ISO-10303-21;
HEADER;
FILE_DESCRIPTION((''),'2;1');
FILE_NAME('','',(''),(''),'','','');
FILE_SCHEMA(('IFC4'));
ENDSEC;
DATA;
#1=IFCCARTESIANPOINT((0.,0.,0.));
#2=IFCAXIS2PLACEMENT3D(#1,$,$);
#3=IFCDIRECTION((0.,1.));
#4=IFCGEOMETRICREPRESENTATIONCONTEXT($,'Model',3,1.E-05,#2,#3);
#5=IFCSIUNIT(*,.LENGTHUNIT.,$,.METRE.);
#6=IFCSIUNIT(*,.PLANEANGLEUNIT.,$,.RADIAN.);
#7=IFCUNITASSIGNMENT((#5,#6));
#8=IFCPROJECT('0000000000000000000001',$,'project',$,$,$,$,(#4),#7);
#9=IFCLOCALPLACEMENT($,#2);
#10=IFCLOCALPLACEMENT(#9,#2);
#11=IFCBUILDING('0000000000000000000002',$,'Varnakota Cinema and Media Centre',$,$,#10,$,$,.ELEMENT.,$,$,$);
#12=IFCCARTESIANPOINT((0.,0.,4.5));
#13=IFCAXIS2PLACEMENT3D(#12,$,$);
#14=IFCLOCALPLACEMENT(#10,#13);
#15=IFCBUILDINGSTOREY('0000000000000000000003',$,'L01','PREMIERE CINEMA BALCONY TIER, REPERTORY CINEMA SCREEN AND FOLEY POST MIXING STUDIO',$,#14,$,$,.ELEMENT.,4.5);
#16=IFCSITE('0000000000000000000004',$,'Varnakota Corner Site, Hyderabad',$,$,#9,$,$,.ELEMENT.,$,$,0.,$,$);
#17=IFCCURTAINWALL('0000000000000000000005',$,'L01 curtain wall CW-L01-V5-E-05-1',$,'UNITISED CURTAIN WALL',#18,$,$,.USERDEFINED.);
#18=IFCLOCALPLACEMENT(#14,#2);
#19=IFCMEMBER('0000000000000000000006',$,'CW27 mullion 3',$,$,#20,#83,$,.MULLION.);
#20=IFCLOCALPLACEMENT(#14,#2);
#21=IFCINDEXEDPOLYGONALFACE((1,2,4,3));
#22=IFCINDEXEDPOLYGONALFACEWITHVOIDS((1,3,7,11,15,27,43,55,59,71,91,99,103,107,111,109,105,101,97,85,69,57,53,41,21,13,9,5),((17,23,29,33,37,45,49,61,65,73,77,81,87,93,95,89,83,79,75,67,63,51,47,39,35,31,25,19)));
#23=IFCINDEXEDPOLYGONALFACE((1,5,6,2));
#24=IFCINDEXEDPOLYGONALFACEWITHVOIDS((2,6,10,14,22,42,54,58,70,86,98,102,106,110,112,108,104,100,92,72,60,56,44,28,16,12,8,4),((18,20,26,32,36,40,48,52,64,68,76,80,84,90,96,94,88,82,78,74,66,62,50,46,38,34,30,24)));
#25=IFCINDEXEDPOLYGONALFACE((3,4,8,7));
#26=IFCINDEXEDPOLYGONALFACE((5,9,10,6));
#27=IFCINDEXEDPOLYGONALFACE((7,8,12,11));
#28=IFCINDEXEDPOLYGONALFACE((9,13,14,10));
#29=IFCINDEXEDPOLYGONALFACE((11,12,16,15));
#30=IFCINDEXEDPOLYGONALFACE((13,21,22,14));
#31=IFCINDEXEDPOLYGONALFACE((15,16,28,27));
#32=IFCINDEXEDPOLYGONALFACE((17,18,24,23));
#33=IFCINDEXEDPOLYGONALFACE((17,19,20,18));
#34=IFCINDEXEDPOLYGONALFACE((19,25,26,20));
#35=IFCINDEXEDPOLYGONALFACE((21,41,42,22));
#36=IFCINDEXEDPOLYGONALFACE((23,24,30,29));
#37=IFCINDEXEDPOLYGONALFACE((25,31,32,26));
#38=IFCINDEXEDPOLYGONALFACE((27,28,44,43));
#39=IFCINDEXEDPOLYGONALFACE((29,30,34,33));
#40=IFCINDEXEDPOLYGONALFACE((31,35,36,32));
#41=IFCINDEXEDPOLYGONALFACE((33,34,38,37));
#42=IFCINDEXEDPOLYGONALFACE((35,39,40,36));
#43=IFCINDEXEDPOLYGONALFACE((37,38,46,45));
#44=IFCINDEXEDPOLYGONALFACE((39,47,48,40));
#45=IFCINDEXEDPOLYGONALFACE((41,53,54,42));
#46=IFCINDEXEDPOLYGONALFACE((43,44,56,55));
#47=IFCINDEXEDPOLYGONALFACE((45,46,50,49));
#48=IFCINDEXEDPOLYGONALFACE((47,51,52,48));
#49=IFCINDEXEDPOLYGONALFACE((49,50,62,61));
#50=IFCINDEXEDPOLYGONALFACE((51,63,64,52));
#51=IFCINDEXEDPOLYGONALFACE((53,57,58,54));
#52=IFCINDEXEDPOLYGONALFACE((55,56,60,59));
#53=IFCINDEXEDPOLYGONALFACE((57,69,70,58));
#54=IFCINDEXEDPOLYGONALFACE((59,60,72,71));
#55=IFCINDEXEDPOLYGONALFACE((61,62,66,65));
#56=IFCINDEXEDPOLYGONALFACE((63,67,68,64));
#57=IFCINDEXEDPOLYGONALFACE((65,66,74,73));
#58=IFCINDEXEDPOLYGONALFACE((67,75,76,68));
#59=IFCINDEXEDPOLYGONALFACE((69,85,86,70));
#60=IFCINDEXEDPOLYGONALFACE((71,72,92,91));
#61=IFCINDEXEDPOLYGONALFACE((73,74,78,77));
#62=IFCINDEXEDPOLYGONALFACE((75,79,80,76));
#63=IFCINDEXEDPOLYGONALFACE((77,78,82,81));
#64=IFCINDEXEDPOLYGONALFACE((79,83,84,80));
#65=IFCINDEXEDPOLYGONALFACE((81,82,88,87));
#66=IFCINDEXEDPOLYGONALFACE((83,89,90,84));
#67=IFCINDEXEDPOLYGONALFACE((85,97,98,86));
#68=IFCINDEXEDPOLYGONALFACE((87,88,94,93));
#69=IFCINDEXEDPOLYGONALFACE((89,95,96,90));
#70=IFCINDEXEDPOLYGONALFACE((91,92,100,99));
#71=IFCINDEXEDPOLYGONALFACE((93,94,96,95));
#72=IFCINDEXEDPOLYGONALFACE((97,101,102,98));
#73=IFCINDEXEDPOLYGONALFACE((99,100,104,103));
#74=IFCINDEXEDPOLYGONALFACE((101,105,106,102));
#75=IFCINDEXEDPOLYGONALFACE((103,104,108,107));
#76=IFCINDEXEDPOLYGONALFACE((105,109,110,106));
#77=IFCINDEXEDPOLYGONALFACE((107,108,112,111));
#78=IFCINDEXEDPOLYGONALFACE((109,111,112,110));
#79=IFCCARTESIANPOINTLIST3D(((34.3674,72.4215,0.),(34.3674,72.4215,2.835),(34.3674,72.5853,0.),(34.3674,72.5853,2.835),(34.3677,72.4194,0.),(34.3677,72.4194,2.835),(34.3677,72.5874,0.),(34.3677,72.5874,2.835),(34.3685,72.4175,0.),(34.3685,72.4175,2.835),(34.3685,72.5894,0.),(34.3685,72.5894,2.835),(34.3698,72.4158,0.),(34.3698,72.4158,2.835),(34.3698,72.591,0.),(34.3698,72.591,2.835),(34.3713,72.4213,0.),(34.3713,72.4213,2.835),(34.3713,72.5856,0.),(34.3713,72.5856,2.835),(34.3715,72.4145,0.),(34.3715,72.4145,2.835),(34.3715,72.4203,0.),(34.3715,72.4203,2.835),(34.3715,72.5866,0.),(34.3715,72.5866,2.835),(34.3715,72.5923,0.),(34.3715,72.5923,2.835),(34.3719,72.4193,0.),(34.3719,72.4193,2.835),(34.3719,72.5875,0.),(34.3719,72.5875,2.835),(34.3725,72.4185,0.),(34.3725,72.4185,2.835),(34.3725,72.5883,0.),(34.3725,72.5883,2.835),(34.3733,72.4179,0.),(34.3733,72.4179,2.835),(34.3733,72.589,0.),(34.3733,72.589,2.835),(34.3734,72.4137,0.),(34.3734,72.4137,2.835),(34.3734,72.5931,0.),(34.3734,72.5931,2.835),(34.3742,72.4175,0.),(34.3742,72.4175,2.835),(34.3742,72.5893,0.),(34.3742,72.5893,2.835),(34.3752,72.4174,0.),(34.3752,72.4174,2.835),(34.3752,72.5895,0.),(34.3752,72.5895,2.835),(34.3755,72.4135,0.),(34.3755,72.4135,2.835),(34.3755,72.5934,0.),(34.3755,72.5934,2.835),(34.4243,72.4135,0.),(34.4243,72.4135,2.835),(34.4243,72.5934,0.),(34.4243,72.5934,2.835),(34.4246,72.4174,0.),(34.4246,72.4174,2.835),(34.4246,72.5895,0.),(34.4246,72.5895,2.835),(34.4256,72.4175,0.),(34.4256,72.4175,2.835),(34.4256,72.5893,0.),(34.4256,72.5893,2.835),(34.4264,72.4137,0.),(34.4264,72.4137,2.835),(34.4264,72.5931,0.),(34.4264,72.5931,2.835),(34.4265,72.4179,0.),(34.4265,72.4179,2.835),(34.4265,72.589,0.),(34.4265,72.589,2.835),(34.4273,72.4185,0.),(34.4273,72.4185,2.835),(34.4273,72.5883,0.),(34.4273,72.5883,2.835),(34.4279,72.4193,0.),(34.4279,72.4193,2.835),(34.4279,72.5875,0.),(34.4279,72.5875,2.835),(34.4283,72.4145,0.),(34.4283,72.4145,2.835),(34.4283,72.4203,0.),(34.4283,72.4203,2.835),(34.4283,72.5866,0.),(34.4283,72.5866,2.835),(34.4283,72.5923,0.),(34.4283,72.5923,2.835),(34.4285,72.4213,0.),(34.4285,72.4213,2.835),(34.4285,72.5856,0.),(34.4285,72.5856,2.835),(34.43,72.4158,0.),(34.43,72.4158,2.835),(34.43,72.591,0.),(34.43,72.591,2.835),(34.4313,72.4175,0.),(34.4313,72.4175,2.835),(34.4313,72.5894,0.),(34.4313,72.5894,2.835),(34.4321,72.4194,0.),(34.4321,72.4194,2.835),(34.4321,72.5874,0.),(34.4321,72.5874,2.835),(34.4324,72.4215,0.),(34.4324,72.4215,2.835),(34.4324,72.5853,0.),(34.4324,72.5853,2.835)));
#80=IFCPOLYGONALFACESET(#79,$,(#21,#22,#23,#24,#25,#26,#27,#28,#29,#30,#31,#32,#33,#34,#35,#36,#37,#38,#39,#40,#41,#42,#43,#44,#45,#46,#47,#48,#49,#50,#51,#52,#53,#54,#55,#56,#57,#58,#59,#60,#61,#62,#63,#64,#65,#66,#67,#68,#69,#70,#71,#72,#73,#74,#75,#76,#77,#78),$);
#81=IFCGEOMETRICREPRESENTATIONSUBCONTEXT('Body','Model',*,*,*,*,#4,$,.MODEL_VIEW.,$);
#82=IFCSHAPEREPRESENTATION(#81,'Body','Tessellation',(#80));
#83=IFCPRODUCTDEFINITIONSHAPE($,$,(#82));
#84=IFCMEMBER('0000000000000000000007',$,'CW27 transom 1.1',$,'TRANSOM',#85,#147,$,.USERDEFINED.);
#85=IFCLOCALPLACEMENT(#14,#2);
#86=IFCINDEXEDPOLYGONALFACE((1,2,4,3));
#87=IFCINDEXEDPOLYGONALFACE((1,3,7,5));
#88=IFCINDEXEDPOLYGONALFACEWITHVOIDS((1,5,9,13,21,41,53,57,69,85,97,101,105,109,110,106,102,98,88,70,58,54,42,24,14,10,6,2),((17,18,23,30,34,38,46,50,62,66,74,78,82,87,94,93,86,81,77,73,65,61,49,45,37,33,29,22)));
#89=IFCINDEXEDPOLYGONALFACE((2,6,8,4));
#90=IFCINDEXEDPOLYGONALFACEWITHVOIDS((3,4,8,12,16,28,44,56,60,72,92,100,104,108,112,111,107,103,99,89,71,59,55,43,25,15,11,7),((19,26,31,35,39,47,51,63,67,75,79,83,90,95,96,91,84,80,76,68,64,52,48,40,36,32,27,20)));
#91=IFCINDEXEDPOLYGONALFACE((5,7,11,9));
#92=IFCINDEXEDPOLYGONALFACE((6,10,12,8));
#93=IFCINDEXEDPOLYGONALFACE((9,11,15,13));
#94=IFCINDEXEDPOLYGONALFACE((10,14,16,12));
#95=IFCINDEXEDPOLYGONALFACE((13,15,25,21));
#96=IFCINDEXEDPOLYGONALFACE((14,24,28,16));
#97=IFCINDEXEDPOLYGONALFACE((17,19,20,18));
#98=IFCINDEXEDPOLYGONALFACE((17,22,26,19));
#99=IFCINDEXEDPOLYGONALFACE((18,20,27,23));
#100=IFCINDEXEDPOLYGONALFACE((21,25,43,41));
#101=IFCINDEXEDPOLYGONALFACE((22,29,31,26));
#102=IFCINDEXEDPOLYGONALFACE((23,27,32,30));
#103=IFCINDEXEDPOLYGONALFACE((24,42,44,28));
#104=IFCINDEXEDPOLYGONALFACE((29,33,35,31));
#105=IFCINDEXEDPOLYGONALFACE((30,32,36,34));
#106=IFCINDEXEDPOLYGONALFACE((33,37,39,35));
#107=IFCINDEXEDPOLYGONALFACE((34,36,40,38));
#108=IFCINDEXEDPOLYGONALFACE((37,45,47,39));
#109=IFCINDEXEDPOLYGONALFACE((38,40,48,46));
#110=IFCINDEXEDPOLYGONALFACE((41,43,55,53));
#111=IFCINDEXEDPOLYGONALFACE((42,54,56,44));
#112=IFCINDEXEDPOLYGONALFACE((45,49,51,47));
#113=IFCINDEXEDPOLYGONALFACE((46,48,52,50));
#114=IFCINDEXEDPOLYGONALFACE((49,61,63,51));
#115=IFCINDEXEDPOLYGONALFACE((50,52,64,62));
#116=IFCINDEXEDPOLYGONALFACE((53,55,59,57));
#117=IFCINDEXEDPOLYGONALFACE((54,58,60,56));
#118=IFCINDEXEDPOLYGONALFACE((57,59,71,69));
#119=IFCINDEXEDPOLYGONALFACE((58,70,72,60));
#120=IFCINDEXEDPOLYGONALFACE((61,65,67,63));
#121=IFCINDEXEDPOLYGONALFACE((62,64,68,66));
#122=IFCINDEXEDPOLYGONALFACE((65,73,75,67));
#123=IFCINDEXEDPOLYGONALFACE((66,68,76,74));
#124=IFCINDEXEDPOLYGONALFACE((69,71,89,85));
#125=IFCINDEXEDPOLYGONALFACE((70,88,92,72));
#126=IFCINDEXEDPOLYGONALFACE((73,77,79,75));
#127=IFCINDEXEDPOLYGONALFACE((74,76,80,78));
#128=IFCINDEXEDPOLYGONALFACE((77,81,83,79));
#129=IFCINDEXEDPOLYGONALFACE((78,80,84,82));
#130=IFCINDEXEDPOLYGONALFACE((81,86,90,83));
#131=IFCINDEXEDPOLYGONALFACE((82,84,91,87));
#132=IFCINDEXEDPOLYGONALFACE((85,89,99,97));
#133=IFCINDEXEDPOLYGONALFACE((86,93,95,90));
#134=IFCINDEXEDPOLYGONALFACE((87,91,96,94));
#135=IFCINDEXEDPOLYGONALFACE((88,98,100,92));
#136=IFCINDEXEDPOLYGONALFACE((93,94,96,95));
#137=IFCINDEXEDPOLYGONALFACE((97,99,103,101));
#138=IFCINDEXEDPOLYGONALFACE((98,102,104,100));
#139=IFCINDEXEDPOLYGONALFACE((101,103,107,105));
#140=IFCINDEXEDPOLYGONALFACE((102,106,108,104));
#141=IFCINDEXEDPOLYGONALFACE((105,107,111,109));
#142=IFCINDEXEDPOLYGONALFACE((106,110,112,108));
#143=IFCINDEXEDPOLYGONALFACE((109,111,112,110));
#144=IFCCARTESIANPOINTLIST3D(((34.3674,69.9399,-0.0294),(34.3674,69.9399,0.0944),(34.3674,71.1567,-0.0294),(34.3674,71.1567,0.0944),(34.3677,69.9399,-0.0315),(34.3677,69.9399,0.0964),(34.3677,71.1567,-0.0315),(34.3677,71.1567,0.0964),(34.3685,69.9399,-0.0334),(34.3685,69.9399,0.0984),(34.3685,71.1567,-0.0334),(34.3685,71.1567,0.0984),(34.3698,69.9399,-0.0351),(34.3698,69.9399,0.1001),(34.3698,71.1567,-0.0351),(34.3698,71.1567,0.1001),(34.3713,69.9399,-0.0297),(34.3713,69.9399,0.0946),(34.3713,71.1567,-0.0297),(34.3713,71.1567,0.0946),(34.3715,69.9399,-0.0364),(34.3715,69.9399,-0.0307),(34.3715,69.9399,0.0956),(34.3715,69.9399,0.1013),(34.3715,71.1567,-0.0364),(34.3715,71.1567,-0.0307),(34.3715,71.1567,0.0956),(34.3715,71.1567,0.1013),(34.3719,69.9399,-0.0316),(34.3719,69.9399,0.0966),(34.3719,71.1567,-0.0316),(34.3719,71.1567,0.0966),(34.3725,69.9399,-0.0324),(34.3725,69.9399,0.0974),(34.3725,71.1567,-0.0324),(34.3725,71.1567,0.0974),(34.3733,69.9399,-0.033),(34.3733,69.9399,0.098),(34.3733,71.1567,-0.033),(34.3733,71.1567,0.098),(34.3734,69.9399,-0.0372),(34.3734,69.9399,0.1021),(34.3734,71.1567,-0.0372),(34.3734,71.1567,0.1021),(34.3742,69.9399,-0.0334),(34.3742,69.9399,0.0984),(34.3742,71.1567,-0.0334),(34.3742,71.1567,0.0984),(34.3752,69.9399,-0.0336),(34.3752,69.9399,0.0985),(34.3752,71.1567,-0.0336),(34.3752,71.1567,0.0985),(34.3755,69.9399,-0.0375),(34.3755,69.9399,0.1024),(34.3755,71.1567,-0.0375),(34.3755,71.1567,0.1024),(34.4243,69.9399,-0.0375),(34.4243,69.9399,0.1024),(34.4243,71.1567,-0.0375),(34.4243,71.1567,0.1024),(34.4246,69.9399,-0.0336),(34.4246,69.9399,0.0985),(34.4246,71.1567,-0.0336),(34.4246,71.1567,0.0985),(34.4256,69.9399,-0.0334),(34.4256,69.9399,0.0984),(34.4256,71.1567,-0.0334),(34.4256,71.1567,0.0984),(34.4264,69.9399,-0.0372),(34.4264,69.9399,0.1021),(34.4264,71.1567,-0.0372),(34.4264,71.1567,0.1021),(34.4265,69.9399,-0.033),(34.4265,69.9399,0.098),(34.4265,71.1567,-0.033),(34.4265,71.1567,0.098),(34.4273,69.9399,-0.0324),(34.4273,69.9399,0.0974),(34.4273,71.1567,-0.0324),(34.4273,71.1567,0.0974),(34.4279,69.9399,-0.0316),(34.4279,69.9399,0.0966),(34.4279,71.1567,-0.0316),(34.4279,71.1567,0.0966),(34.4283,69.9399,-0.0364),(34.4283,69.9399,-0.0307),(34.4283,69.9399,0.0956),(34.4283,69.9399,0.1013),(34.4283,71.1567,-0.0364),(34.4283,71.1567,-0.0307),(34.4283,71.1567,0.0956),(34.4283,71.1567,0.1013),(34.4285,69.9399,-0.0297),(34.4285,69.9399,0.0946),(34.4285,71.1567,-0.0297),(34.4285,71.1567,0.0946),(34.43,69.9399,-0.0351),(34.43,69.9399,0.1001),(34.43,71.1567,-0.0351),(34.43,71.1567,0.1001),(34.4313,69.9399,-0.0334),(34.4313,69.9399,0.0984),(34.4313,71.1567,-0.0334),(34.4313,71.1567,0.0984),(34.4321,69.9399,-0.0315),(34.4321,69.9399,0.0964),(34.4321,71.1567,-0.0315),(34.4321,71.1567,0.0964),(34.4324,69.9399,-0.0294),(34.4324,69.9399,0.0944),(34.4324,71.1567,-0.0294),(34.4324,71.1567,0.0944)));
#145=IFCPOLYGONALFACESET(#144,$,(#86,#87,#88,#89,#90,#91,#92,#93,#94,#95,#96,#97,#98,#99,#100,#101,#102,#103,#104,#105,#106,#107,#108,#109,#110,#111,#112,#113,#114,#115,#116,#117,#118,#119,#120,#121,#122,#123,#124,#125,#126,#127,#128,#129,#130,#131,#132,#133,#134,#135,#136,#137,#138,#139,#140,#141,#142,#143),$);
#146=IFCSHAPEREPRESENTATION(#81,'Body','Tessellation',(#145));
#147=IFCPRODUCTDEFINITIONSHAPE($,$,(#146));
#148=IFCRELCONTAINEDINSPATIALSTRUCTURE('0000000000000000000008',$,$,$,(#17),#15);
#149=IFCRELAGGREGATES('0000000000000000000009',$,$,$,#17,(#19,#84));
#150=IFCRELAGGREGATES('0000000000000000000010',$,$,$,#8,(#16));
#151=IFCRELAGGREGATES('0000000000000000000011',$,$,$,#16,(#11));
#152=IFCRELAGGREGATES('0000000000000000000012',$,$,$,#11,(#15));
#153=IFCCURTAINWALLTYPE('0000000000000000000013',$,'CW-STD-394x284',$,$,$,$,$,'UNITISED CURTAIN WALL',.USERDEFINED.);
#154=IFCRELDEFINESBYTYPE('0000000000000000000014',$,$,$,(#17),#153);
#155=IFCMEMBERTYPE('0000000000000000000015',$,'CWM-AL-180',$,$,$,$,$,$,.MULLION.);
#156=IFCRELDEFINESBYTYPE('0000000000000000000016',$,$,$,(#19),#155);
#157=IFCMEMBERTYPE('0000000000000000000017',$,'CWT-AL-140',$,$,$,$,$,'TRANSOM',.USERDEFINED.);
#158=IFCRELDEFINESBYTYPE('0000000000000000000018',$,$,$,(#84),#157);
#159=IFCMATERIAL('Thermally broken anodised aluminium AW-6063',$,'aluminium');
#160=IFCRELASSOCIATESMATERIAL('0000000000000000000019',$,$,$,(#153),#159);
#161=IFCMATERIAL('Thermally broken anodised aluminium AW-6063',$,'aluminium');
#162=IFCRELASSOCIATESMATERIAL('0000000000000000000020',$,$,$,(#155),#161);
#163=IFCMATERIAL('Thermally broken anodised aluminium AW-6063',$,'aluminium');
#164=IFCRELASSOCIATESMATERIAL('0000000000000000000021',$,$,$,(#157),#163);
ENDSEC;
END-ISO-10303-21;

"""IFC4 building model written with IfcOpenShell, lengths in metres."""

from ifc_helpers import new_model, si_unit, direction, frame, origin, origin_2d, place, context, subcontext, project, spatial, hollow_rectangle, extrude, material, material_profile, profile_set, type_object, element, aggregate, save


model = new_model("IFC4")

# Units and contexts
model_context = context("Model", 3, precision=1e-05, world=origin(), true_north=direction((0.0, 1.0)))
body_context = subcontext(model_context, "Body", "Model", "MODEL_VIEW")
ifc_project = project(units=[si_unit("LENGTHUNIT", "METRE"), si_unit("PLANEANGLEUNIT", "RADIAN")], contexts=[model_context])

# Site, building, storey
site_placement = place(None, origin())
site = spatial("IfcSite", under=ifc_project, at=site_placement, Name="Varnakota Corner Site, Hyderabad", CompositionType="ELEMENT", RefElevation=0.0)
building_placement = place(site_placement, origin())
building = spatial("IfcBuilding", under=site, at=building_placement, Name="Varnakota Cinema and Media Centre", CompositionType="ELEMENT")
storey_placement = place(building_placement, frame((0.0, 0.0, 4.5)))
storey = spatial("IfcBuildingStorey", under=building, at=storey_placement, Name="L01", Description="PREMIERE CINEMA BALCONY TIER, REPERTORY CINEMA SCREEN AND FOLEY POST MIXING STUDIO", CompositionType="ELEMENT", Elevation=4.5)

# Curtain wall, members
ifc_material_1 = material(Name="Thermally broken anodised aluminium AW-6063", Category="aluminium")
curtain_wall_type = type_object("IfcCurtainWallType", Name="CW-STD-394x284", ElementType="UNITISED CURTAIN WALL", PredefinedType="USERDEFINED", material=ifc_material_1)
curtain_wall_placement = place(storey_placement, origin())
curtain_wall = element("IfcCurtainWall", 1, at=curtain_wall_placement, inside=storey, type_object=curtain_wall_type, Name="L01 curtain wall CW-L01-V5-E-05-1", ObjectType="UNITISED CURTAIN WALL", PredefinedType="USERDEFINED")
ifc_material_2 = material(Name="Thermally broken anodised aluminium AW-6063", Category="aluminium")
ifc_material_profile_1 = material_profile(ifc_material_2, hollow_rectangle(XDim=0.0649, YDim=0.1799, WallThickness=0.0039, InnerFilletRadius=0.0039, OuterFilletRadius=0.0081, at=origin_2d()), Name="AL-MULLION 180x65x4")
ifc_profile_set_1 = profile_set([ifc_material_profile_1], Name="Thermally broken anodised aluminium AW-6063")
member_type_1 = type_object("IfcMemberType", Name="CWM-AL-180", PredefinedType="MULLION", material=ifc_profile_set_1)
member_1_placement = place(storey_placement, frame((34.3999, 72.5034, 0.0), z_axis=(0.0, 0.0, 1.0), x_axis=(-1.0, 0.0, 0.0)))
member_1 = element("IfcMember", 2, at=member_1_placement, type_object=member_type_1, Name="CW27 mullion 3", PredefinedType="MULLION", context=body_context, shape_type="SweptSolid", body=[
    extrude(hollow_rectangle(XDim=0.0649, YDim=0.1799, WallThickness=0.0039, InnerFilletRadius=0.0039, OuterFilletRadius=0.0081, at=origin_2d()), origin(), (0.0, 0.0, 1.0), 2.835),
])
ifc_material_3 = material(Name="Thermally broken anodised aluminium AW-6063", Category="aluminium")
ifc_material_profile_2 = material_profile(ifc_material_3, hollow_rectangle(XDim=0.0649, YDim=0.1399, WallThickness=0.0039, InnerFilletRadius=0.0039, OuterFilletRadius=0.0081, at=origin_2d()), Name="AL-TRANSOM 140x65x4")
ifc_profile_set_2 = profile_set([ifc_material_profile_2], Name="Thermally broken anodised aluminium AW-6063")
member_type_2 = type_object("IfcMemberType", Name="CWT-AL-140", ElementType="TRANSOM", PredefinedType="USERDEFINED", material=ifc_profile_set_2)
member_2_placement = place(storey_placement, frame((34.3999, 69.9399, 0.0325), z_axis=(0.0, 1.0, 0.0), x_axis=(-1.0, 0.0, 0.0)))
member_2 = element("IfcMember", 3, at=member_2_placement, type_object=member_type_2, Name="CW27 transom 1.1", ObjectType="TRANSOM", PredefinedType="USERDEFINED", context=body_context, shape_type="SweptSolid", body=[
    extrude(hollow_rectangle(XDim=0.0649, YDim=0.1399, WallThickness=0.0039, InnerFilletRadius=0.0039, OuterFilletRadius=0.0081, at=origin_2d()), origin(), (0.0, 0.0, 1.0), 1.2168),
])
aggregate(curtain_wall, [member_1, member_2])

save(model, "model.ifc")
